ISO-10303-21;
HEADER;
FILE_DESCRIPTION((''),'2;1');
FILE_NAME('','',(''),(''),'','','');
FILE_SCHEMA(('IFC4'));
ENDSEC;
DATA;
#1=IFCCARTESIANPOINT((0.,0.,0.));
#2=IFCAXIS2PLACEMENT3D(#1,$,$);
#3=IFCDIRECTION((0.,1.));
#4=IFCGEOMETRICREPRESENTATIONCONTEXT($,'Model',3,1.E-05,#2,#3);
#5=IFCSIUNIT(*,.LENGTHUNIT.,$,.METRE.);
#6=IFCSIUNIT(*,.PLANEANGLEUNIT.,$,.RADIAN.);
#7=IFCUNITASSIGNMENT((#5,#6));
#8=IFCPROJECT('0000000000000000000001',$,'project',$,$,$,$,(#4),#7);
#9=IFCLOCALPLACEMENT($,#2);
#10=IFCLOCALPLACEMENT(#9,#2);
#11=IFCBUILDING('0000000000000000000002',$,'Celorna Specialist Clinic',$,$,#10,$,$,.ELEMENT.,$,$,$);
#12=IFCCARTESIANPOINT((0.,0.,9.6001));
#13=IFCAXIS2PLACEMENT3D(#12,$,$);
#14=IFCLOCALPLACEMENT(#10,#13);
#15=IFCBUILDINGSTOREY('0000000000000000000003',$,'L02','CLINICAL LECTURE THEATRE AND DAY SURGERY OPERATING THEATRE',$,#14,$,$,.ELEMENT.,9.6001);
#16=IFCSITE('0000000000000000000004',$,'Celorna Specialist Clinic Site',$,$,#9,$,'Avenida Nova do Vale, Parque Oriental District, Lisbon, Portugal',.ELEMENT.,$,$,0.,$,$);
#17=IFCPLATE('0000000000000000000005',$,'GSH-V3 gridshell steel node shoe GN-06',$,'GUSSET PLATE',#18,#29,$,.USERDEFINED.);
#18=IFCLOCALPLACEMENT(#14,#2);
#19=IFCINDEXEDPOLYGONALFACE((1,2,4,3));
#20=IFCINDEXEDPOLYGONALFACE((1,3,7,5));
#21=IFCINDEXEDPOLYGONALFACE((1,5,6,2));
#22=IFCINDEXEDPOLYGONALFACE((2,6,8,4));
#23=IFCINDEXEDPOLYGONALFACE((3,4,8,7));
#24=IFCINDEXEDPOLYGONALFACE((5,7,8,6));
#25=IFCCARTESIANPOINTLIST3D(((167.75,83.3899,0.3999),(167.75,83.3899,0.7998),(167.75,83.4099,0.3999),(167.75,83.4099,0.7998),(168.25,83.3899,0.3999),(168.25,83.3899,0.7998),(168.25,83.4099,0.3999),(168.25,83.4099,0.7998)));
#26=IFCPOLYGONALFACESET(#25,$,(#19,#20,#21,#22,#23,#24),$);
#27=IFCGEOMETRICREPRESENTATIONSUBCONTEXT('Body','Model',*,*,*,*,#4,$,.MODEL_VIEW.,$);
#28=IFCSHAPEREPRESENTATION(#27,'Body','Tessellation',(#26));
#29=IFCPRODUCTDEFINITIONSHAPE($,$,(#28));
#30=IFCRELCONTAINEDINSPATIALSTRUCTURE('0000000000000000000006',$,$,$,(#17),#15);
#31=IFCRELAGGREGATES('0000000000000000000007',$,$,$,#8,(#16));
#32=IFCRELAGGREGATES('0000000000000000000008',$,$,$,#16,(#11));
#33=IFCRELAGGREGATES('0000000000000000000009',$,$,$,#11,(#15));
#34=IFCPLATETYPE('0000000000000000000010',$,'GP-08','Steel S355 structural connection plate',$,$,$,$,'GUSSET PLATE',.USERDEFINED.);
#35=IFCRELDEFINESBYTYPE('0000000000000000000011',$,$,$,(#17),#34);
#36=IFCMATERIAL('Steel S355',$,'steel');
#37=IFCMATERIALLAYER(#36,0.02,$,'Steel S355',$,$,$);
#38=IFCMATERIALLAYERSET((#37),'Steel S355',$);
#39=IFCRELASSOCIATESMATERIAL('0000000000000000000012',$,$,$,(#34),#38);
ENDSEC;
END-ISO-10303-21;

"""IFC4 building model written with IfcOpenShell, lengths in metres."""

from ifc_helpers import new_model, si_unit, direction, frame, origin, origin_2d, place, context, subcontext, project, spatial, rectangle, extrude, material, layer, layer_set, type_object, element, save


model = new_model("IFC4")

# Units and contexts
model_context = context("Model", 3, precision=1e-05, world=origin(), true_north=direction((0.0, 1.0)))
body_context = subcontext(model_context, "Body", "Model", "MODEL_VIEW")
ifc_project = project(units=[si_unit("LENGTHUNIT", "METRE"), si_unit("PLANEANGLEUNIT", "RADIAN")], contexts=[model_context])

# Site, building, storey
site_placement = place(None, origin())
site = spatial("IfcSite", under=ifc_project, at=site_placement, Name="Celorna Specialist Clinic Site", LongName="Avenida Nova do Vale, Parque Oriental District, Lisbon, Portugal", CompositionType="ELEMENT", RefElevation=0.0)
building_placement = place(site_placement, origin())
building = spatial("IfcBuilding", under=site, at=building_placement, Name="Celorna Specialist Clinic", CompositionType="ELEMENT")
storey_placement = place(building_placement, frame((0.0, 0.0, 9.6001)))
storey = spatial("IfcBuildingStorey", under=building, at=storey_placement, Name="L02", Description="CLINICAL LECTURE THEATRE AND DAY SURGERY OPERATING THEATRE", CompositionType="ELEMENT", Elevation=9.6001)

# Shared definitions
ifc_material = material(Name="Steel S355", Category="steel")

# Plate
ifc_layer_1 = layer(ifc_material, 0.02, Name="Steel S355")
ifc_layer_set_1 = layer_set([ifc_layer_1], Name="Steel S355")
plate_type_1 = type_object("IfcPlateType", Name="GP-08", Description="Steel S355 structural connection plate", ElementType="GUSSET PLATE", PredefinedType="USERDEFINED", material=ifc_layer_set_1)
plate_1_placement = place(storey_placement, frame((168.0, 83.3999, 0.3999), z_axis=(0.0, 0.0, 1.0), x_axis=(1.0, 0.0, 0.0)))
element("IfcPlate", 1, at=plate_1_placement, inside=storey, type_object=plate_type_1, Name="GSH-V3 gridshell steel node shoe GN-06", ObjectType="GUSSET PLATE", PredefinedType="USERDEFINED", context=body_context, shape_type="SweptSolid", body=[
    extrude(rectangle(XDim=0.5, YDim=0.02, at=origin_2d()), origin(), (0.0, 0.0, 1.0), 0.3999),
])

save(model, "model.ifc")
